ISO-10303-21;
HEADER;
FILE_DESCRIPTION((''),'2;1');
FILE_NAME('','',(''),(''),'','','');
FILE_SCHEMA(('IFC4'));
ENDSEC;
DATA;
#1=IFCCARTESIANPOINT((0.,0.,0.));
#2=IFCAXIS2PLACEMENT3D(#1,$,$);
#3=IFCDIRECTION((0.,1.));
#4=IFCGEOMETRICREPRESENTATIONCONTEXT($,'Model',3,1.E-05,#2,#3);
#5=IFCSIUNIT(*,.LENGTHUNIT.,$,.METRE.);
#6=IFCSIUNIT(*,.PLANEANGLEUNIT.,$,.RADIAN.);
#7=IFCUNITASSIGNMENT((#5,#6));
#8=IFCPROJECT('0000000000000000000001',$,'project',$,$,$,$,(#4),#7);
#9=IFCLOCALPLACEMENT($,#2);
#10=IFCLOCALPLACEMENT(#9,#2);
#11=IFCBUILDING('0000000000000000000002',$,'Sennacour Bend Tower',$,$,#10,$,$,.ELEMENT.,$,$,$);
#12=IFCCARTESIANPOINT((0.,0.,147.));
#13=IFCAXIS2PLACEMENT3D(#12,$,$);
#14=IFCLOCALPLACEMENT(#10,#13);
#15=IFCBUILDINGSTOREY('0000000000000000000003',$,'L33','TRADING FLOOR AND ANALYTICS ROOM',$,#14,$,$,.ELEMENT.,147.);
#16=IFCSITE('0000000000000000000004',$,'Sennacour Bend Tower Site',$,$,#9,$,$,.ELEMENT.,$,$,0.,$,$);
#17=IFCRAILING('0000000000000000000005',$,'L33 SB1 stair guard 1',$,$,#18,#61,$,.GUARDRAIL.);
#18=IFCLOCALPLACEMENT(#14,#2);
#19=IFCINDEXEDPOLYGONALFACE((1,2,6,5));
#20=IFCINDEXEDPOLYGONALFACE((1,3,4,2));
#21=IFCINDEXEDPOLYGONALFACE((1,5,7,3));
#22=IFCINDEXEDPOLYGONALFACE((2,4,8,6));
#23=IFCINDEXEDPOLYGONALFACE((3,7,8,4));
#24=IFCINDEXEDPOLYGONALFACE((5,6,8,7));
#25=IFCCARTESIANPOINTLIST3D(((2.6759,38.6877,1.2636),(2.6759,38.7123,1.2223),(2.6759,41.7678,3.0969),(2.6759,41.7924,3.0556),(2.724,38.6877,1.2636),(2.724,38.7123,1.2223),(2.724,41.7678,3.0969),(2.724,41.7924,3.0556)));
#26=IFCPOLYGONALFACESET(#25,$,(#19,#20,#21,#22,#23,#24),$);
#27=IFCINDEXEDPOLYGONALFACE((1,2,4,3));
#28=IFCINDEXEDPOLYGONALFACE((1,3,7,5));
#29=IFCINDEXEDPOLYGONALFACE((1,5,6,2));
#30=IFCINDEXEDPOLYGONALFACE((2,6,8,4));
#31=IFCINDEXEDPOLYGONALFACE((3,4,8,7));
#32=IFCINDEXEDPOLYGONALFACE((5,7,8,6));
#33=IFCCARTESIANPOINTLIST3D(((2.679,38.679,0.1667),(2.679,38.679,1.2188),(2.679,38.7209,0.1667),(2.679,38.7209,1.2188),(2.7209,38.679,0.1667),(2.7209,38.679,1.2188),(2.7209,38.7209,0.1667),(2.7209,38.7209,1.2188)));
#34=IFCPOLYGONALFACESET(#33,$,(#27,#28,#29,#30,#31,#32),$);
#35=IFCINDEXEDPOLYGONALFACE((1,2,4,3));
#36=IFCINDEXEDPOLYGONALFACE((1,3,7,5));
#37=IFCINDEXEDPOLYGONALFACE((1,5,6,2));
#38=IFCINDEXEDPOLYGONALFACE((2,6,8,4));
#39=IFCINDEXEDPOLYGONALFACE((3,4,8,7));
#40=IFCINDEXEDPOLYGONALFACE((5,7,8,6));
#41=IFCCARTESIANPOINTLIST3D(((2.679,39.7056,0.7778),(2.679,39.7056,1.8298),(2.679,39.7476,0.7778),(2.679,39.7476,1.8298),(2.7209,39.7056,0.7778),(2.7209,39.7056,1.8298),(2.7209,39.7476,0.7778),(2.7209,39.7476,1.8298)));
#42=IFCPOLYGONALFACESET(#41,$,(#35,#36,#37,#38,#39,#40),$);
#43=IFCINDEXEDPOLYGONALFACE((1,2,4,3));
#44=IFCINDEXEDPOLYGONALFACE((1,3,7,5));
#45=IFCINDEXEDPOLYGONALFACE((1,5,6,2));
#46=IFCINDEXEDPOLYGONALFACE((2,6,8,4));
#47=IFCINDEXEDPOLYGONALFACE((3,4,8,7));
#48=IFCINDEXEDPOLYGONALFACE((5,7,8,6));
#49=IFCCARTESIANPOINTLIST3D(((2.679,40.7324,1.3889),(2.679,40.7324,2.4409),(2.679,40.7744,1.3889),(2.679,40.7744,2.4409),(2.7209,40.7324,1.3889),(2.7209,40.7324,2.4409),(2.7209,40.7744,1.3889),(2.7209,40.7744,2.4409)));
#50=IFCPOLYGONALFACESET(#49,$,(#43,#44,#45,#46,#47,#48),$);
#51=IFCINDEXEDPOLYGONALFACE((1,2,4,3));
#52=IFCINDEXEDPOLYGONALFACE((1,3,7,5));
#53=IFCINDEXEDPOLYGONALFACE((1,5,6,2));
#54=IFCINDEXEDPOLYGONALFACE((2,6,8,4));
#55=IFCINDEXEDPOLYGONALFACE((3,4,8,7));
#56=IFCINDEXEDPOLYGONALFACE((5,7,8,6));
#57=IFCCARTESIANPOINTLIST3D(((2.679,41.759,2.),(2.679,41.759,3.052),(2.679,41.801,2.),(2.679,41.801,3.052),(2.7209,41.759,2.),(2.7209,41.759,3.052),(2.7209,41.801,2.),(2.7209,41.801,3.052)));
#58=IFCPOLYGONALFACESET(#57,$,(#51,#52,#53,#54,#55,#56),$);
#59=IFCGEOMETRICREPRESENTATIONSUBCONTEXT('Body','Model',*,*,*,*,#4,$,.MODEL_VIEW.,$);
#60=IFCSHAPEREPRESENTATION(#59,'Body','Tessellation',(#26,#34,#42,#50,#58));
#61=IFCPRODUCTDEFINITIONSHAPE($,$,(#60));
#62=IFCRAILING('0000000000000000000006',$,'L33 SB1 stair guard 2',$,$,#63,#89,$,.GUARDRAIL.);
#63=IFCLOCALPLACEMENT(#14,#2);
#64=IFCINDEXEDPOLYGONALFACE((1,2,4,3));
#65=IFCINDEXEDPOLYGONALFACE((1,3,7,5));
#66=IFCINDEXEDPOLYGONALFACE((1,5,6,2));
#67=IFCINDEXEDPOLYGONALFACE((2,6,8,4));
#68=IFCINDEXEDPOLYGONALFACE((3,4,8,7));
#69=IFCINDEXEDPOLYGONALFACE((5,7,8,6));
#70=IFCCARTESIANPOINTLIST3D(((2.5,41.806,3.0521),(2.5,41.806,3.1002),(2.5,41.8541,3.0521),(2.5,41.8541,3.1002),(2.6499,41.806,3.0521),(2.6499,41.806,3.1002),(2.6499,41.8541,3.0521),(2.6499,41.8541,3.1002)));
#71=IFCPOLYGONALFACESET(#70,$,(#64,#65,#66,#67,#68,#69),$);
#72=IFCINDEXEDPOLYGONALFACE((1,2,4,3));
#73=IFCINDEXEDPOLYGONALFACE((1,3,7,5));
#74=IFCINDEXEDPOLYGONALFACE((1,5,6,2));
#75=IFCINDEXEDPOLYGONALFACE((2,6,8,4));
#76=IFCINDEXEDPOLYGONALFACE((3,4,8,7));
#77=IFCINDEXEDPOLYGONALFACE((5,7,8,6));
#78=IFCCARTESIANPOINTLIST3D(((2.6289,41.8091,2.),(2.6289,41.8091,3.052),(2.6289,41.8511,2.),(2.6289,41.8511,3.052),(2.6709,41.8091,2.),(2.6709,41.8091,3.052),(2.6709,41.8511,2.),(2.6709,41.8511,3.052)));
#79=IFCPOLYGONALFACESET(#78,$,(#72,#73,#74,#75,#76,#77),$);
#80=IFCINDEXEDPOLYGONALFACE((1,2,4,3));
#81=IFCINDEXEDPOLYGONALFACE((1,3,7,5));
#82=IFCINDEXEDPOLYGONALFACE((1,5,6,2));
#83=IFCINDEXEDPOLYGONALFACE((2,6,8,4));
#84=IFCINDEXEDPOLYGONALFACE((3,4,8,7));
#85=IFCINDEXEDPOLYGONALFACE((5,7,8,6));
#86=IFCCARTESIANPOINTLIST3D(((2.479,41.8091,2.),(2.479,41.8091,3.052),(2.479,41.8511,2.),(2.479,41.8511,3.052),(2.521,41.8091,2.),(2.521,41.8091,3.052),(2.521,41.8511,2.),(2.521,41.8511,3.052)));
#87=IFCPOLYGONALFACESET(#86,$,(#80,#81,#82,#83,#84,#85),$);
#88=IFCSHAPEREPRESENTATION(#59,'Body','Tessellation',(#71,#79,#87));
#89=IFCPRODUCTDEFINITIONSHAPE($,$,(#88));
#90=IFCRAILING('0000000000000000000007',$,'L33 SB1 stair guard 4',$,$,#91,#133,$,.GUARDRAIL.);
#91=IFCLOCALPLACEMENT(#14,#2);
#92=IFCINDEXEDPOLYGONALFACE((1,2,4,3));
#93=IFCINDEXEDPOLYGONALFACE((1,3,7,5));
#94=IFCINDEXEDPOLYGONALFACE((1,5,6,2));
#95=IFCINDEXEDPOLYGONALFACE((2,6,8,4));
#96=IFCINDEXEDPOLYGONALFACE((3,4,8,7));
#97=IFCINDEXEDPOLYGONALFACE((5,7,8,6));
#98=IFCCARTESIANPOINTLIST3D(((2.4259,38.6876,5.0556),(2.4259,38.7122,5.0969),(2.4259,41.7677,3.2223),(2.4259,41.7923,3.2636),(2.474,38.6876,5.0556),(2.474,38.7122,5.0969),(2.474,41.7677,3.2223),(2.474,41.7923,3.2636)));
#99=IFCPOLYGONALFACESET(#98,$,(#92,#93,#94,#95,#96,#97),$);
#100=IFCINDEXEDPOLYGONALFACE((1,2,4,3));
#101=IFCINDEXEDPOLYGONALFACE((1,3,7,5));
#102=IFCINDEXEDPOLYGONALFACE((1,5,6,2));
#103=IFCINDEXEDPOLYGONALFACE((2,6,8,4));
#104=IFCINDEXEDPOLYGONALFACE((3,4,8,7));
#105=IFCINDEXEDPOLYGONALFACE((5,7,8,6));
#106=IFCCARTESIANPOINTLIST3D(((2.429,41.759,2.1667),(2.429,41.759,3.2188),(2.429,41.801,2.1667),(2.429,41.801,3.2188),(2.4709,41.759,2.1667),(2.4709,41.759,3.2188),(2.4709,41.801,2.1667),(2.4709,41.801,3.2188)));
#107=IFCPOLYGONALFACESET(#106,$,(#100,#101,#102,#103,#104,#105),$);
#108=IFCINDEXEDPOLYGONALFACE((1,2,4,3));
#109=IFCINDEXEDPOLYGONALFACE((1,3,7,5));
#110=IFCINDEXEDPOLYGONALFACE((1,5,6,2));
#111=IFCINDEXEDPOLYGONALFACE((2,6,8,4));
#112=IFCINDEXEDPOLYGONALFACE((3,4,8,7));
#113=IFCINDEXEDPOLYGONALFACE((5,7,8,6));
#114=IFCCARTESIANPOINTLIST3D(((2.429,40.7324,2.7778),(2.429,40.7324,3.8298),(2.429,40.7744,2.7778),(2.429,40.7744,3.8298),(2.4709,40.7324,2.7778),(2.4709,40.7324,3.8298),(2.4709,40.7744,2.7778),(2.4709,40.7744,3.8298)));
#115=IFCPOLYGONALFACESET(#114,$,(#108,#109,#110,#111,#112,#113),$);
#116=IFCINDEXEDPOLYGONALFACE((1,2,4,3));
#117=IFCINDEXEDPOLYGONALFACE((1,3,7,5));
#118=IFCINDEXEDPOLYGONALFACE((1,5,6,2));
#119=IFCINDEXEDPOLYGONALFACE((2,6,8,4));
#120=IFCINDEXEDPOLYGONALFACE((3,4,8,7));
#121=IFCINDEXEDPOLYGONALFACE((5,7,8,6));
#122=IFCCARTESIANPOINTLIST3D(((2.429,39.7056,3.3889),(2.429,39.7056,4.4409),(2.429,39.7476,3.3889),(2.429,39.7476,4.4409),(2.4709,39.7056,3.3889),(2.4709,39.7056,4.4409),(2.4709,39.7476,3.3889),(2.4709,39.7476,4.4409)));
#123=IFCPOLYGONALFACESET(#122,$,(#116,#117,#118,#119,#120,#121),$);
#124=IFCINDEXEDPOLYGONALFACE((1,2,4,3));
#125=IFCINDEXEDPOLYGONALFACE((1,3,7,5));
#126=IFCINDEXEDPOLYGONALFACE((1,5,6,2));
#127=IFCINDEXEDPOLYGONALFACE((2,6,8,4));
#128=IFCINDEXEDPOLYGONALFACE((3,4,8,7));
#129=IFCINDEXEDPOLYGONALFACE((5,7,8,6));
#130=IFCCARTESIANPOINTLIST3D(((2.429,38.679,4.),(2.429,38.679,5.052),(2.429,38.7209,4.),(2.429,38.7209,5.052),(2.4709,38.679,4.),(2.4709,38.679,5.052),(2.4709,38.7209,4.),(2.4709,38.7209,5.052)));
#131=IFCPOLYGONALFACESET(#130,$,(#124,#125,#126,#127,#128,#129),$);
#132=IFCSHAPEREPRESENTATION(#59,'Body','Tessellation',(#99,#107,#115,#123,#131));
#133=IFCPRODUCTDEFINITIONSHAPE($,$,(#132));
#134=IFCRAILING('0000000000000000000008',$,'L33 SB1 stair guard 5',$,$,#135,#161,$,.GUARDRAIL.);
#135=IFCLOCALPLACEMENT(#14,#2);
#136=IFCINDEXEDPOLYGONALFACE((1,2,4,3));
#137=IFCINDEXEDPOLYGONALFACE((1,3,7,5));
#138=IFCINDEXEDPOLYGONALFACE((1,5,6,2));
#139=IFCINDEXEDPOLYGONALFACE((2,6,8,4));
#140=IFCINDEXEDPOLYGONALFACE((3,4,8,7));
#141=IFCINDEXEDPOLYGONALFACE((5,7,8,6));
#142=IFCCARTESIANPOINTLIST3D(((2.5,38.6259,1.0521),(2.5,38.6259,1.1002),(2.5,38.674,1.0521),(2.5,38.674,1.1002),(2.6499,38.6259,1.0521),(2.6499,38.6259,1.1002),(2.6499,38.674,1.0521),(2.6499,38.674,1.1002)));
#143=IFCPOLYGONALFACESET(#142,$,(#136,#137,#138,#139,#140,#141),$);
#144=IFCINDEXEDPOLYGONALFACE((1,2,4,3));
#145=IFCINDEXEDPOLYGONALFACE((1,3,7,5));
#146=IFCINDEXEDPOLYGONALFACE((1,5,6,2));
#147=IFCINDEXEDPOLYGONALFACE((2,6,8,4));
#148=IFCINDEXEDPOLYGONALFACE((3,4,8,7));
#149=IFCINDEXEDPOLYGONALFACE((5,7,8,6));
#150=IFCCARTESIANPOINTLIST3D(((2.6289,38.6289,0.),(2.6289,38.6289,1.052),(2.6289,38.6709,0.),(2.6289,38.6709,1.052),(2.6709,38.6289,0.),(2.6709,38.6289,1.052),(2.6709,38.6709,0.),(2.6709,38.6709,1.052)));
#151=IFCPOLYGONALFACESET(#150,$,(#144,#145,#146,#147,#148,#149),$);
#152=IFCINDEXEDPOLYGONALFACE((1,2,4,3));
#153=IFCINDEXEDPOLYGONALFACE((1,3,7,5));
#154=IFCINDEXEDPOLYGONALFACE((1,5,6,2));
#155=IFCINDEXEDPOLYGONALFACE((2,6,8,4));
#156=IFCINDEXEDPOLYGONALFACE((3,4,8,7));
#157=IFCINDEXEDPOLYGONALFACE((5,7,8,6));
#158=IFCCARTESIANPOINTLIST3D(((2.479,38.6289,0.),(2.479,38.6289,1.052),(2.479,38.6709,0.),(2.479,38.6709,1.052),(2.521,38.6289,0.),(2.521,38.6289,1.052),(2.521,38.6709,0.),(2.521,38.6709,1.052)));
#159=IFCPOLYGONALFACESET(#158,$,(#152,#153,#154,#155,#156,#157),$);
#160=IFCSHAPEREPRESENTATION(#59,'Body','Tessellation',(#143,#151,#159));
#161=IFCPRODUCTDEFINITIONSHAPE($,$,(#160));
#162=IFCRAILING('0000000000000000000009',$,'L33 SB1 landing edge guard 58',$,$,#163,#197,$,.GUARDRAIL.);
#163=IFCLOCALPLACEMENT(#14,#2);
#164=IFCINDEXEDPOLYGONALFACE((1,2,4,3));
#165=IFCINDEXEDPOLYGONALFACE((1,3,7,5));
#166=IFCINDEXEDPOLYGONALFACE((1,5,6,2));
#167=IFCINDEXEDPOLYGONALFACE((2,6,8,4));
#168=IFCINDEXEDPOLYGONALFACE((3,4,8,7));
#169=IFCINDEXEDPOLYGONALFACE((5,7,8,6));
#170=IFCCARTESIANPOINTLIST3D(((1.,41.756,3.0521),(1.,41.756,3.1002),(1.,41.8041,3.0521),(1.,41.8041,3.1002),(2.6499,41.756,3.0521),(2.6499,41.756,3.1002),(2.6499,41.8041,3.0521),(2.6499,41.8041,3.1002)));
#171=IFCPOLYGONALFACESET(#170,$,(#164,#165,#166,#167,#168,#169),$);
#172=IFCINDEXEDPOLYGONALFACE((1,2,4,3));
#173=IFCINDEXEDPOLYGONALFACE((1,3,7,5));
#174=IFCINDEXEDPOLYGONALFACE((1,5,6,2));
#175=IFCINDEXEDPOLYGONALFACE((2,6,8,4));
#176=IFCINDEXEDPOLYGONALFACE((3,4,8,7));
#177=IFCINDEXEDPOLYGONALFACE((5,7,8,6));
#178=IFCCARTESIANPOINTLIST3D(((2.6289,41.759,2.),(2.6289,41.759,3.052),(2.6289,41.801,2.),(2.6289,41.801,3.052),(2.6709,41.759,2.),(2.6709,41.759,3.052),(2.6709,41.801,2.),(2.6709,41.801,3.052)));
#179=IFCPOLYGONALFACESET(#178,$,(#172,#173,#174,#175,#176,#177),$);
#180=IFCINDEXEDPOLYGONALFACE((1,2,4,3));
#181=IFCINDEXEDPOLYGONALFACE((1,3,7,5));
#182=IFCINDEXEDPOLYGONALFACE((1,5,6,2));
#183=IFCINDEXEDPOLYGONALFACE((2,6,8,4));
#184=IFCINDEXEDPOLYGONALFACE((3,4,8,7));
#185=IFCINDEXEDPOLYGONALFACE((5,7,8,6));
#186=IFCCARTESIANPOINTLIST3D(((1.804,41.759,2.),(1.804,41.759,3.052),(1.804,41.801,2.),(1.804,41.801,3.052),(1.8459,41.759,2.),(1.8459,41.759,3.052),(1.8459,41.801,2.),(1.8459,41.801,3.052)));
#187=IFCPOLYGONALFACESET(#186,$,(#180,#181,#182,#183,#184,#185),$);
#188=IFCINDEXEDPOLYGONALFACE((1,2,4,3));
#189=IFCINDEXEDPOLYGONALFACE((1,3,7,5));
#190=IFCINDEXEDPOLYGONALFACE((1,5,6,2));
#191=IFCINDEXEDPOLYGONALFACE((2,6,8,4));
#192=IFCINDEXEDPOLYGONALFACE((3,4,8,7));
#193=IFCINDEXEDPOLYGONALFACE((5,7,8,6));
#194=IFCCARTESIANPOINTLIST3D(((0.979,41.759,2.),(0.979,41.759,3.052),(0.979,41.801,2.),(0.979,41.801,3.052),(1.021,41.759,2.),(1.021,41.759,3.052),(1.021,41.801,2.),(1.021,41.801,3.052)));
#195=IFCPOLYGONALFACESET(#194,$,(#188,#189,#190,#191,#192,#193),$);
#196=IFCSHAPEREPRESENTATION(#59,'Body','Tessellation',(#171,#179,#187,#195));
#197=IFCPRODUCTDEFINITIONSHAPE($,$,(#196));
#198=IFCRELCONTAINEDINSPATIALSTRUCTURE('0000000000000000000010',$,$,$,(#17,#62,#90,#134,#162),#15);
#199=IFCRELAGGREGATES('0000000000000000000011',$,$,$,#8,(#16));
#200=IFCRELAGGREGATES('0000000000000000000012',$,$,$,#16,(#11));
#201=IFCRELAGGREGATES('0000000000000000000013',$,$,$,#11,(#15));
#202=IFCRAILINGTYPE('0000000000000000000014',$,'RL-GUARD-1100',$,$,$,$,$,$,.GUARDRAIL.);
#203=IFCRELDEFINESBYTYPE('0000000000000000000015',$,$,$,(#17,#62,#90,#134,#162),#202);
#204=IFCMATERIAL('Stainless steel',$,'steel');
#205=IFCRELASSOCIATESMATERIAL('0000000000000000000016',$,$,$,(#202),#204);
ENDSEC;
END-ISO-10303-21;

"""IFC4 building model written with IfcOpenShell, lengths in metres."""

from ifc_helpers import new_model, si_unit, direction, frame, origin, origin_2d, place, context, subcontext, project, spatial, rectangle, extrude, material, type_object, element, save


model = new_model("IFC4")

# Units and contexts
model_context = context("Model", 3, precision=1e-05, world=origin(), true_north=direction((0.0, 1.0)))
body_context = subcontext(model_context, "Body", "Model", "MODEL_VIEW")
ifc_project = project(units=[si_unit("LENGTHUNIT", "METRE"), si_unit("PLANEANGLEUNIT", "RADIAN")], contexts=[model_context])

# Site, building, storey
site_placement = place(None, origin())
site = spatial("IfcSite", under=ifc_project, at=site_placement, Name="Sennacour Bend Tower Site", CompositionType="ELEMENT", RefElevation=0.0)
building_placement = place(site_placement, origin())
building = spatial("IfcBuilding", under=site, at=building_placement, Name="Sennacour Bend Tower", CompositionType="ELEMENT")
storey_placement = place(building_placement, frame((0.0, 0.0, 147.0)))
storey = spatial("IfcBuildingStorey", under=building, at=storey_placement, Name="L33", Description="TRADING FLOOR AND ANALYTICS ROOM", CompositionType="ELEMENT", Elevation=147.0)

# Railings
ifc_material_1 = material(Name="Stainless steel", Category="steel")
railing_type_1 = type_object("IfcRailingType", Name="RL-GUARD-1100", PredefinedType="GUARDRAIL", material=ifc_material_1)
railing_1_placement = place(storey_placement, frame((2.7, 38.7, 0.1667)))
element("IfcRailing", 1, at=railing_1_placement, inside=storey, type_object=railing_type_1, Name="L33 SB1 stair guard 1", PredefinedType="GUARDRAIL", context=body_context, shape_type="SweptSolid", body=[
    extrude(rectangle(XDim=0.0481, YDim=0.0481, at=origin_2d()), frame((0.0, 0.0, 1.0762), z_axis=(0.0, 0.859309, 0.511458), x_axis=(-1.0, 0.0, 0.0)), (0.0, 0.0, 1.0), 3.5845),
    extrude(rectangle(XDim=0.042, YDim=0.042, at=origin_2d()), origin(), (0.0, 0.0, 1.0), 1.052),
    extrude(rectangle(XDim=0.042, YDim=0.042, at=origin_2d()), frame((0.0, 1.0266, 0.6111)), (0.0, 0.0, 1.0), 1.052),
    extrude(rectangle(XDim=0.042, YDim=0.042, at=origin_2d()), frame((0.0, 2.0535, 1.2222)), (0.0, 0.0, 1.0), 1.052),
    extrude(rectangle(XDim=0.042, YDim=0.042, at=origin_2d()), frame((0.0, 3.0801, 1.8333)), (0.0, 0.0, 1.0), 1.052),
])
railing_2_placement = place(storey_placement, frame((2.6499, 41.8301, 2.0)))
element("IfcRailing", 2, at=railing_2_placement, inside=storey, type_object=railing_type_1, Name="L33 SB1 stair guard 2", PredefinedType="GUARDRAIL", context=body_context, shape_type="SweptSolid", body=[
    extrude(rectangle(XDim=0.0481, YDim=0.0481, at=origin_2d()), frame((0.0, 0.0, 1.0762), z_axis=(-1.0, 0.0, 0.0), x_axis=(0.0, -1.0, 0.0)), (0.0, 0.0, 1.0), 0.1499),
    extrude(rectangle(XDim=0.042, YDim=0.042, at=origin_2d()), origin(), (0.0, 0.0, 1.0), 1.052),
    extrude(rectangle(XDim=0.042, YDim=0.042, at=origin_2d()), frame((-0.1499, 0.0, 0.0)), (0.0, 0.0, 1.0), 1.052),
])
railing_3_placement = place(storey_placement, frame((2.45, 41.78, 2.1667)))
element("IfcRailing", 3, at=railing_3_placement, inside=storey, type_object=railing_type_1, Name="L33 SB1 stair guard 4", PredefinedType="GUARDRAIL", context=body_context, shape_type="SweptSolid", body=[
    extrude(rectangle(XDim=0.0481, YDim=0.0481, at=origin_2d()), frame((0.0, 0.0, 1.0762), z_axis=(0.0, -0.859309, 0.511458), x_axis=(1.0, 0.0, 0.0)), (0.0, 0.0, 1.0), 3.5845),
    extrude(rectangle(XDim=0.042, YDim=0.042, at=origin_2d()), origin(), (0.0, 0.0, 1.0), 1.052),
    extrude(rectangle(XDim=0.042, YDim=0.042, at=origin_2d()), frame((0.0, -1.0266, 0.6111)), (0.0, 0.0, 1.0), 1.052),
    extrude(rectangle(XDim=0.042, YDim=0.042, at=origin_2d()), frame((0.0, -2.0535, 1.2222)), (0.0, 0.0, 1.0), 1.052),
    extrude(rectangle(XDim=0.042, YDim=0.042, at=origin_2d()), frame((0.0, -3.0801, 1.8333)), (0.0, 0.0, 1.0), 1.052),
])
railing_4_placement = place(storey_placement, frame((2.6499, 38.6499, 0.0)))
element("IfcRailing", 4, at=railing_4_placement, inside=storey, type_object=railing_type_1, Name="L33 SB1 stair guard 5", PredefinedType="GUARDRAIL", context=body_context, shape_type="SweptSolid", body=[
    extrude(rectangle(XDim=0.0481, YDim=0.0481, at=origin_2d()), frame((0.0, 0.0, 1.0762), z_axis=(-1.0, 0.0, 0.0), x_axis=(0.0, -1.0, 0.0)), (0.0, 0.0, 1.0), 0.1499),
    extrude(rectangle(XDim=0.042, YDim=0.042, at=origin_2d()), origin(), (0.0, 0.0, 1.0), 1.052),
    extrude(rectangle(XDim=0.042, YDim=0.042, at=origin_2d()), frame((-0.1499, 0.0, 0.0)), (0.0, 0.0, 1.0), 1.052),
])
railing_5_placement = place(storey_placement, frame((2.6499, 41.78, 2.0)))
element("IfcRailing", 5, at=railing_5_placement, inside=storey, type_object=railing_type_1, Name="L33 SB1 landing edge guard 58", PredefinedType="GUARDRAIL", context=body_context, shape_type="SweptSolid", body=[
    extrude(rectangle(XDim=0.0481, YDim=0.0481, at=origin_2d()), frame((0.0, 0.0, 1.0762), z_axis=(-1.0, 0.0, 0.0), x_axis=(0.0, -1.0, 0.0)), (0.0, 0.0, 1.0), 1.6499),
    extrude(rectangle(XDim=0.042, YDim=0.042, at=origin_2d()), origin(), (0.0, 0.0, 1.0), 1.052),
    extrude(rectangle(XDim=0.042, YDim=0.042, at=origin_2d()), frame((-0.825, 0.0, 0.0)), (0.0, 0.0, 1.0), 1.052),
    extrude(rectangle(XDim=0.042, YDim=0.042, at=origin_2d()), frame((-1.6499, 0.0, 0.0)), (0.0, 0.0, 1.0), 1.052),
])

save(model, "model.ifc")
